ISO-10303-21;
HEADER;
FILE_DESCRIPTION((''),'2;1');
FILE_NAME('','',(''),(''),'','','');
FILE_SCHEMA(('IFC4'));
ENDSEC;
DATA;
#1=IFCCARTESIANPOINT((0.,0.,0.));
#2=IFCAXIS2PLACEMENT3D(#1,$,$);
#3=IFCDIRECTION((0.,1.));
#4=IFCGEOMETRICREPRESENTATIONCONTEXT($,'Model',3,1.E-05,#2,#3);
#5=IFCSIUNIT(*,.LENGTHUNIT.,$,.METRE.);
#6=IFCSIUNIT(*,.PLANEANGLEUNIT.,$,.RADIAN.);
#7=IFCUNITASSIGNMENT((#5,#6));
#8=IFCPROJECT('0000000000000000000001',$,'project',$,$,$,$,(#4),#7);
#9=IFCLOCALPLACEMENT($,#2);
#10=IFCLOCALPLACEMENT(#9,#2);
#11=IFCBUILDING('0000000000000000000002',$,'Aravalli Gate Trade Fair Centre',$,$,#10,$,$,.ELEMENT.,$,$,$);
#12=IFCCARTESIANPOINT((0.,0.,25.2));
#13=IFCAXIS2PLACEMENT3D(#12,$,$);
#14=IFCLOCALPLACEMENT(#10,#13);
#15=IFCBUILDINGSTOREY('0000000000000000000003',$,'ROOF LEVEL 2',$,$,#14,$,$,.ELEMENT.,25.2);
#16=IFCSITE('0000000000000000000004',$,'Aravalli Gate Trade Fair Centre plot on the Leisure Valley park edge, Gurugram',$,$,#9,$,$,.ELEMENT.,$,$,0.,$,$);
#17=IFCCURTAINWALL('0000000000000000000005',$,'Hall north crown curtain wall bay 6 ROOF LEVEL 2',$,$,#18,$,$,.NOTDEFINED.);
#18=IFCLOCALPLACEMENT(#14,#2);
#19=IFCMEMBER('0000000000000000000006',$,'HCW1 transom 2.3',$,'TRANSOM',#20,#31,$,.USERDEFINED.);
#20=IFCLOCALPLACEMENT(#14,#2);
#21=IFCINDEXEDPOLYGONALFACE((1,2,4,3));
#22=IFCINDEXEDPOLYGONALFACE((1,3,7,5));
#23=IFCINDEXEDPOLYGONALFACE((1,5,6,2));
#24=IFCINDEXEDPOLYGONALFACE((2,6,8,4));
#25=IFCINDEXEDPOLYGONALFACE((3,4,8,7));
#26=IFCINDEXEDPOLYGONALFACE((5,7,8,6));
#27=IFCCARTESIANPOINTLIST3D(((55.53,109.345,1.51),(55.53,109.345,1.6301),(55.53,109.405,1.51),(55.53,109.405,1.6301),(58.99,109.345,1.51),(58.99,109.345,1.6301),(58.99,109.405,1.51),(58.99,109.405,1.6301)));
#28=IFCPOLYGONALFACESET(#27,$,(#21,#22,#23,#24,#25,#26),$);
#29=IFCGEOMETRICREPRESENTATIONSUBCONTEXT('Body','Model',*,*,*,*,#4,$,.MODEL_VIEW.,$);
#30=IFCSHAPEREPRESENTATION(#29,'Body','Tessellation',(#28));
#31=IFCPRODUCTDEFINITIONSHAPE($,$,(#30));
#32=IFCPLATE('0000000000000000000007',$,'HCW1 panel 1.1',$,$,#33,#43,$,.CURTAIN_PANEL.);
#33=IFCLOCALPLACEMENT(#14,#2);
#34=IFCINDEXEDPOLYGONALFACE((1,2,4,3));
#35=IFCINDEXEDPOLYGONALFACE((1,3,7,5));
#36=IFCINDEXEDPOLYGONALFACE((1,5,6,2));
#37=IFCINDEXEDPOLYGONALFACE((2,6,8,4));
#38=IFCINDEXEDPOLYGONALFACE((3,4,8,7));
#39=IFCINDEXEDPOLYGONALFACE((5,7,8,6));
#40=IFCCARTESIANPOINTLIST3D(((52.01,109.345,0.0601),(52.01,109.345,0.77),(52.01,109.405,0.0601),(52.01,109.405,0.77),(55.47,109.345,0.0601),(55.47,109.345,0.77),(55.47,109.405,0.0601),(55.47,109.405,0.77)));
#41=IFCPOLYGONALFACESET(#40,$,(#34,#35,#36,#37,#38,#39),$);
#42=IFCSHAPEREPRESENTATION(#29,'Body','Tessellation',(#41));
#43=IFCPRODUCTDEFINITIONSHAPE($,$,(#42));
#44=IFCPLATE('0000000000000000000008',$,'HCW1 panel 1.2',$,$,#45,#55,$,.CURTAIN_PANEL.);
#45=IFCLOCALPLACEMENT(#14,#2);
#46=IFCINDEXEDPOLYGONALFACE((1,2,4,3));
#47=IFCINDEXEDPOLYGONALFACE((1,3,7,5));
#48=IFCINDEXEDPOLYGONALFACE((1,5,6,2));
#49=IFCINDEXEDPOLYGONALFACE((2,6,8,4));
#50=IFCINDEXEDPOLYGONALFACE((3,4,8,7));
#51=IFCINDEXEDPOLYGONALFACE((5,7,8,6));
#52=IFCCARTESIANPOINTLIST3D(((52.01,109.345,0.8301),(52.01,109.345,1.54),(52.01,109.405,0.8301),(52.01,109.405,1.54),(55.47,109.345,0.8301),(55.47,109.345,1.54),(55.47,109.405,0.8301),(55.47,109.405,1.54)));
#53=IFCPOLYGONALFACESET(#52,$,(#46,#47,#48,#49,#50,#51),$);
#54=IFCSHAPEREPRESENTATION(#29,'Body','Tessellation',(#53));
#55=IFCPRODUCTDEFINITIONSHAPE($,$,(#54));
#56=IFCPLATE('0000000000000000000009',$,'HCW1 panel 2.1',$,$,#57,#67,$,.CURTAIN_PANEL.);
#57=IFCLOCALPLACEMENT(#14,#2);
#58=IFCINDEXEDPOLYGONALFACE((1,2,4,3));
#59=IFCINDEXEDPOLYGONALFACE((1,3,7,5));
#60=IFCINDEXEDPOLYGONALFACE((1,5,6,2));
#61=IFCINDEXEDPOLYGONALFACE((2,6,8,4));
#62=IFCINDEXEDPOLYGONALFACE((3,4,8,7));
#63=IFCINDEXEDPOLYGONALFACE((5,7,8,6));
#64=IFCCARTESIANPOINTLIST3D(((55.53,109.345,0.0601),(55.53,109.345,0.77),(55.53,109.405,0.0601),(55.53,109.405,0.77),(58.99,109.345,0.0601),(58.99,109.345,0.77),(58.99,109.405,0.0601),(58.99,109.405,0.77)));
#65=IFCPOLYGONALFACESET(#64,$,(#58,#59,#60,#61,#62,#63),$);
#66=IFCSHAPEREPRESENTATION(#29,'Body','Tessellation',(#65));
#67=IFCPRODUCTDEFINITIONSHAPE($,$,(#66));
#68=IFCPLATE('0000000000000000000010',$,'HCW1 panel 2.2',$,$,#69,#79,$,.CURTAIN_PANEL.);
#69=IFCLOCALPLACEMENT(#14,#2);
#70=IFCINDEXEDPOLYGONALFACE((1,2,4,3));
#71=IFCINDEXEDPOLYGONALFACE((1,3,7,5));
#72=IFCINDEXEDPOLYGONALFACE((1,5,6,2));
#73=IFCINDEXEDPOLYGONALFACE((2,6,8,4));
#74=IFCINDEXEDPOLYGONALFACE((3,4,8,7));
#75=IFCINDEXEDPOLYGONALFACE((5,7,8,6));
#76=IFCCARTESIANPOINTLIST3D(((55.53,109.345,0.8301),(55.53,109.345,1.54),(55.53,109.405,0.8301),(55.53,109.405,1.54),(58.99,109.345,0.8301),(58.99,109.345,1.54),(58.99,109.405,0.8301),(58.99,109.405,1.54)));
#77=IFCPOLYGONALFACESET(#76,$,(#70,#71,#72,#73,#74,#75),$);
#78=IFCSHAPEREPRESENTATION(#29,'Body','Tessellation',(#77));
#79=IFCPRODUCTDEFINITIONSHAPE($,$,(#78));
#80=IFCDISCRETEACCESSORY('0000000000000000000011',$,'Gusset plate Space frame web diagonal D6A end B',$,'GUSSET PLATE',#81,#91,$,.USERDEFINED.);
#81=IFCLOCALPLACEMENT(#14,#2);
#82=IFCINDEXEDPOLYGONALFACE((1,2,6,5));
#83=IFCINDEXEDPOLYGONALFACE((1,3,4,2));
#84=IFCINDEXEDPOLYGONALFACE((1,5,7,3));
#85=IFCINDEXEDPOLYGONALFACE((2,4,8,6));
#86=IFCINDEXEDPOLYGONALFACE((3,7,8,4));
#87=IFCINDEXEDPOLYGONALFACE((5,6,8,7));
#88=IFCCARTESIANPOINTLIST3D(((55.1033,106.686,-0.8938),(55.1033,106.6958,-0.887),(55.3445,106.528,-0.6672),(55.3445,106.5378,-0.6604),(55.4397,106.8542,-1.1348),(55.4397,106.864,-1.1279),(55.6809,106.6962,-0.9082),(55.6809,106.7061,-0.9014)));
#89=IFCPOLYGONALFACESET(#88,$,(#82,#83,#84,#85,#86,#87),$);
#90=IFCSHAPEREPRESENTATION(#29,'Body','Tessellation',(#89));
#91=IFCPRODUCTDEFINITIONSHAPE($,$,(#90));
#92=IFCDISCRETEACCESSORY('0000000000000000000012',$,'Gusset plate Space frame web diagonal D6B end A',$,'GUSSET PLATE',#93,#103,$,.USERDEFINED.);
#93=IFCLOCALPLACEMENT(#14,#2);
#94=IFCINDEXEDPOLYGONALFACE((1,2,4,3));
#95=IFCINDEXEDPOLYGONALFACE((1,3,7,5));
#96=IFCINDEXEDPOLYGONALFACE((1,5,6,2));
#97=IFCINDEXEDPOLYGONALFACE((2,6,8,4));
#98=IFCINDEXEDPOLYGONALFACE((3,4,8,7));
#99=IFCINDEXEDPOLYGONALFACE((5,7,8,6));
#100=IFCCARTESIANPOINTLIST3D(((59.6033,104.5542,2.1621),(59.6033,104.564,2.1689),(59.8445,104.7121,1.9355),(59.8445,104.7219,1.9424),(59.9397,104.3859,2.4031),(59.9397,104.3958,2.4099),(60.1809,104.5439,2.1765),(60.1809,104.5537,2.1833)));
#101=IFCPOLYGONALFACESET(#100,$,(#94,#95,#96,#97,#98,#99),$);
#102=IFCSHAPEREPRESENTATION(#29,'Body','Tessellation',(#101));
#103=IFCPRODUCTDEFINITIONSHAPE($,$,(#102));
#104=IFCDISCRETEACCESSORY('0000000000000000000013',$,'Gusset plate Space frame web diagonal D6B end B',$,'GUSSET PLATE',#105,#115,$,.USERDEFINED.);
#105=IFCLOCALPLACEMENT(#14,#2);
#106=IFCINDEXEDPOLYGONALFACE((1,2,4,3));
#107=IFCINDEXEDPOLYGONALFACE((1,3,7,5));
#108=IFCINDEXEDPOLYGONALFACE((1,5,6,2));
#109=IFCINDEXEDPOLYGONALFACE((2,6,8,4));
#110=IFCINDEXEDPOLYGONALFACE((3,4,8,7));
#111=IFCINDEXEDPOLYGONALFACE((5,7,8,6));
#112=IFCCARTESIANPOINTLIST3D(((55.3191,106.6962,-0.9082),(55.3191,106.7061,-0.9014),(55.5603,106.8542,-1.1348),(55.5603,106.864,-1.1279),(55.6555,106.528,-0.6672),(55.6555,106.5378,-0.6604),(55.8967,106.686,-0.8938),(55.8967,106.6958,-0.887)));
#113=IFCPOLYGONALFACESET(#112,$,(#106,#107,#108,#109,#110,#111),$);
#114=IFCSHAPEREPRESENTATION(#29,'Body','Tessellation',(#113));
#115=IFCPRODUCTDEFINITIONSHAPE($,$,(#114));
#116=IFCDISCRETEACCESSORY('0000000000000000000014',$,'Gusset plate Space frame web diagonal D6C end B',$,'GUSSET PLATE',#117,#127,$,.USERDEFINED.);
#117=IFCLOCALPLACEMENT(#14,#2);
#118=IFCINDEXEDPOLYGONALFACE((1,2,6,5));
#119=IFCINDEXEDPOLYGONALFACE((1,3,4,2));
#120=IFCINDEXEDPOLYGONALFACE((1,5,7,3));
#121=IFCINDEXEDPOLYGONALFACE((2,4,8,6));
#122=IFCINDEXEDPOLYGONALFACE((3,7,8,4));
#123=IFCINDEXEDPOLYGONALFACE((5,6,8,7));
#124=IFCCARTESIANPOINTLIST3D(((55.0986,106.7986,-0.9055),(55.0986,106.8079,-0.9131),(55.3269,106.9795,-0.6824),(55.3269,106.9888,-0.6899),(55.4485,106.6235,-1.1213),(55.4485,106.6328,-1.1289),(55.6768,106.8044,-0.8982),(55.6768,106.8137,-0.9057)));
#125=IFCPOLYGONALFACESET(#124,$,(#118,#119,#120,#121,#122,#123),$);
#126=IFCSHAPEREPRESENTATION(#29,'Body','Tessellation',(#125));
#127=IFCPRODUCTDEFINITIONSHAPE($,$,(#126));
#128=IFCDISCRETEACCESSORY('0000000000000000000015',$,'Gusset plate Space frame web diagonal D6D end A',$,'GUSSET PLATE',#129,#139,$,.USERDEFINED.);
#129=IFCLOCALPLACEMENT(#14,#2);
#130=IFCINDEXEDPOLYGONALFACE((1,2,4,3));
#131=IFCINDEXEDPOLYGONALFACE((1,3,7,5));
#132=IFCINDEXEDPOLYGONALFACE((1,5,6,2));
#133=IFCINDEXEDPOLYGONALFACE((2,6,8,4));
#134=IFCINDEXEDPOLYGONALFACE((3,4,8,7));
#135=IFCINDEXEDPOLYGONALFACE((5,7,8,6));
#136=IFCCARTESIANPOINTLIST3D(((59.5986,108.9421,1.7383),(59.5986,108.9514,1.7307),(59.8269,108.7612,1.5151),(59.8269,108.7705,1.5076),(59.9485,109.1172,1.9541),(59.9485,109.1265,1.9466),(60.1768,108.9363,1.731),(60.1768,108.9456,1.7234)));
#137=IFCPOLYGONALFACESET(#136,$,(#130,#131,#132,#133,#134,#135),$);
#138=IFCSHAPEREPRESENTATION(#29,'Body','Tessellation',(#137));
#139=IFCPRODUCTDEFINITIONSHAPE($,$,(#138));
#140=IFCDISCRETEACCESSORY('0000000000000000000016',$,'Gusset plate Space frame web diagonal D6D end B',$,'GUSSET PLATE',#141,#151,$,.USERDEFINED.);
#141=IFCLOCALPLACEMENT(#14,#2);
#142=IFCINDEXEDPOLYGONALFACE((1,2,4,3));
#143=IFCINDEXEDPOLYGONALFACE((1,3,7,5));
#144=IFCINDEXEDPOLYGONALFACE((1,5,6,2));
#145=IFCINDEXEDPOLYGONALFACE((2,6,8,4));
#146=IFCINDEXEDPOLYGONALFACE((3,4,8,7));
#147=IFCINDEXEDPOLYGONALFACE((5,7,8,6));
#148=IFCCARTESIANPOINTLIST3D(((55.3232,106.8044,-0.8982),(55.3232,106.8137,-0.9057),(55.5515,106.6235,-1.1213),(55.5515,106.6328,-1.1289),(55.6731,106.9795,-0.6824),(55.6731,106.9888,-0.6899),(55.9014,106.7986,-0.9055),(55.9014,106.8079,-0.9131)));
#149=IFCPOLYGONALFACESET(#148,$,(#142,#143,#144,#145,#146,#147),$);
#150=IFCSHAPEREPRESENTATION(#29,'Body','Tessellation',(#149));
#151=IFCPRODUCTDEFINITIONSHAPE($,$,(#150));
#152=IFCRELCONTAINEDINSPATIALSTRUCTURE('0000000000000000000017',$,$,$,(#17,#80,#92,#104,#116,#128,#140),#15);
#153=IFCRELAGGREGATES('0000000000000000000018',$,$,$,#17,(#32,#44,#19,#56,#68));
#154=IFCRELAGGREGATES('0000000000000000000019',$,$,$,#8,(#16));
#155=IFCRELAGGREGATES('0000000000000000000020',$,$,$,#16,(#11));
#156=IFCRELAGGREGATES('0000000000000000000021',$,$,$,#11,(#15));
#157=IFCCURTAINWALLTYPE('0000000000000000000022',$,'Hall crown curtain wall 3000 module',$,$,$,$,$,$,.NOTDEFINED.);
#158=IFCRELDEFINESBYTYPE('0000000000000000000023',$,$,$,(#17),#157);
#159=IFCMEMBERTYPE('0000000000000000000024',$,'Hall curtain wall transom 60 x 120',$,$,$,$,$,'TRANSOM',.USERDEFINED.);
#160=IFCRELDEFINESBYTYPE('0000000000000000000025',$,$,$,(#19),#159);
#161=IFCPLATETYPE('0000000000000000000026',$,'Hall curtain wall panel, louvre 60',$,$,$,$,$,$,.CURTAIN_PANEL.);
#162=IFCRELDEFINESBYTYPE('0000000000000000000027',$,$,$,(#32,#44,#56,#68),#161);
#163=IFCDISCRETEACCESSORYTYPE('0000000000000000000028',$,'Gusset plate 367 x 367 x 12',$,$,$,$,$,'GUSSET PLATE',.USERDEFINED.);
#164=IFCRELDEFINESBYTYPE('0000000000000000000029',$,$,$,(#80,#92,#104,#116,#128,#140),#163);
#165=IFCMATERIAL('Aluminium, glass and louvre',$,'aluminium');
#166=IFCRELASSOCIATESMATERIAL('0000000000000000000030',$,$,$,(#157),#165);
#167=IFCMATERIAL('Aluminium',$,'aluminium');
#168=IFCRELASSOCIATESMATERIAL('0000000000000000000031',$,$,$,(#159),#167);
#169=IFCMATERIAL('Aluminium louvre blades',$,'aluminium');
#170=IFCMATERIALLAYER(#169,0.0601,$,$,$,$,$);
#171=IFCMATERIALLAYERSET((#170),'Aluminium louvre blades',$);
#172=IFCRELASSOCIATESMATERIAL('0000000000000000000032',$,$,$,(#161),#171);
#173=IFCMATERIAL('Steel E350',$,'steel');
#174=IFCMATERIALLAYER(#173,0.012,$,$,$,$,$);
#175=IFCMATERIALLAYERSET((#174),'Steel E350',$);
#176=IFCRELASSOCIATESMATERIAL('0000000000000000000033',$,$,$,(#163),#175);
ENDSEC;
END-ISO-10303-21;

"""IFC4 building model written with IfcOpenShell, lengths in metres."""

from ifc_helpers import new_model, si_unit, direction, frame, origin, origin_2d, place, context, subcontext, project, spatial, polyline, rectangle, outline, extrude, material, layer, layer_set, material_profile, profile_set, type_object, element, aggregate, save


model = new_model("IFC4")

# Units and contexts
model_context = context("Model", 3, precision=1e-05, world=origin(), true_north=direction((0.0, 1.0)))
body_context = subcontext(model_context, "Body", "Model", "MODEL_VIEW")
ifc_project = project(units=[si_unit("LENGTHUNIT", "METRE"), si_unit("PLANEANGLEUNIT", "RADIAN")], contexts=[model_context])

# Site, building, storey
site_placement = place(None, origin())
site = spatial("IfcSite", under=ifc_project, at=site_placement, Name="Aravalli Gate Trade Fair Centre plot on the Leisure Valley park edge, Gurugram", CompositionType="ELEMENT", RefElevation=0.0)
building_placement = place(site_placement, origin())
building = spatial("IfcBuilding", under=site, at=building_placement, Name="Aravalli Gate Trade Fair Centre", CompositionType="ELEMENT")
storey_placement = place(building_placement, frame((0.0, 0.0, 25.2)))
storey = spatial("IfcBuildingStorey", under=building, at=storey_placement, Name="ROOF LEVEL 2", CompositionType="ELEMENT", Elevation=25.2)

# Shared definitions
ifc_material_1 = material(Name="Steel E350", Category="steel")

# Curtain wall, member, plates
ifc_material_2 = material(Name="Aluminium, glass and louvre", Category="aluminium")
curtain_wall_type = type_object("IfcCurtainWallType", Name="Hall crown curtain wall 3000 module", PredefinedType="NOTDEFINED", material=ifc_material_2)
curtain_wall_placement = place(storey_placement, origin())
curtain_wall = element("IfcCurtainWall", 1, at=curtain_wall_placement, inside=storey, type_object=curtain_wall_type, Name="Hall north crown curtain wall bay 6 ROOF LEVEL 2", PredefinedType="NOTDEFINED")
ifc_material_3 = material(Name="Aluminium", Category="aluminium")
ifc_material_profile_1 = material_profile(ifc_material_3, rectangle(XDim=0.0601, YDim=0.1201, at=origin_2d()), Name="Hall curtain wall transom 60 x 120")
ifc_profile_set_1 = profile_set([ifc_material_profile_1], Name="Aluminium")
member_type_1 = type_object("IfcMemberType", Name="Hall curtain wall transom 60 x 120", ElementType="TRANSOM", PredefinedType="USERDEFINED", material=ifc_profile_set_1)
member_1_placement = place(storey_placement, frame((55.53, 109.375, 1.5701), z_axis=(1.0, 0.0, 0.0), x_axis=(0.0, 1.0, 0.0)))
member_1 = element("IfcMember", 2, at=member_1_placement, type_object=member_type_1, Name="HCW1 transom 2.3", ObjectType="TRANSOM", PredefinedType="USERDEFINED", context=body_context, shape_type="SweptSolid", body=[
    extrude(rectangle(XDim=0.0601, YDim=0.1201, at=origin_2d()), origin(), (0.0, 0.0, 1.0), 3.46),
])
ifc_material_4 = material(Name="Aluminium louvre blades", Category="aluminium")
ifc_layer_1 = layer(ifc_material_4, 0.0601)
ifc_layer_set_1 = layer_set([ifc_layer_1], Name="Aluminium louvre blades")
plate_type = type_object("IfcPlateType", Name="Hall curtain wall panel, louvre 60", PredefinedType="CURTAIN_PANEL", material=ifc_layer_set_1)
plate_1_placement = place(storey_placement, frame((53.74, 109.375, 0.0601), z_axis=(0.0, 0.0, 1.0), x_axis=(1.0, 0.0, 0.0)))
plate_1 = element("IfcPlate", 3, at=plate_1_placement, type_object=plate_type, Name="HCW1 panel 1.1", PredefinedType="CURTAIN_PANEL", context=body_context, shape_type="SweptSolid", body=[
    extrude(rectangle(XDim=3.46, YDim=0.0601, at=origin_2d()), origin(), (0.0, 0.0, 1.0), 0.71),
])
plate_2_placement = place(storey_placement, frame((53.74, 109.375, 0.8301), z_axis=(0.0, 0.0, 1.0), x_axis=(1.0, 0.0, 0.0)))
plate_2 = element("IfcPlate", 4, at=plate_2_placement, type_object=plate_type, Name="HCW1 panel 1.2", PredefinedType="CURTAIN_PANEL", context=body_context, shape_type="SweptSolid", body=[
    extrude(rectangle(XDim=3.46, YDim=0.0601, at=origin_2d()), origin(), (0.0, 0.0, 1.0), 0.71),
])
plate_3_placement = place(storey_placement, frame((57.26, 109.375, 0.0601), z_axis=(0.0, 0.0, 1.0), x_axis=(1.0, 0.0, 0.0)))
plate_3 = element("IfcPlate", 5, at=plate_3_placement, type_object=plate_type, Name="HCW1 panel 2.1", PredefinedType="CURTAIN_PANEL", context=body_context, shape_type="SweptSolid", body=[
    extrude(rectangle(XDim=3.46, YDim=0.0601, at=origin_2d()), origin(), (0.0, 0.0, 1.0), 0.71),
])
plate_4_placement = place(storey_placement, frame((57.26, 109.375, 0.8301), z_axis=(0.0, 0.0, 1.0), x_axis=(1.0, 0.0, 0.0)))
plate_4 = element("IfcPlate", 6, at=plate_4_placement, type_object=plate_type, Name="HCW1 panel 2.2", PredefinedType="CURTAIN_PANEL", context=body_context, shape_type="SweptSolid", body=[
    extrude(rectangle(XDim=3.46, YDim=0.0601, at=origin_2d()), origin(), (0.0, 0.0, 1.0), 0.71),
])
aggregate(curtain_wall, [plate_1, plate_2, member_1, plate_3, plate_4])

# Discrete accessories
ifc_layer_2 = layer(ifc_material_1, 0.012)
ifc_layer_set_2 = layer_set([ifc_layer_2], Name="Steel E350")
discrete_accessory_type = type_object("IfcDiscreteAccessoryType", Name="Gusset plate 367 x 367 x 12", ElementType="GUSSET PLATE", PredefinedType="USERDEFINED", material=ifc_layer_set_2)
discrete_accessory_1_placement = place(storey_placement, frame((55.1033, 106.6958, -0.887), z_axis=(-0.000292, 0.820164, 0.572128), x_axis=(0.753132, 0.376566, -0.539435)))
element("IfcDiscreteAccessory", 7, at=discrete_accessory_1_placement, inside=storey, type_object=discrete_accessory_type, Name="Gusset plate Space frame web diagonal D6A end B", ObjectType="GUSSET PLATE", PredefinedType="USERDEFINED", context=body_context, shape_type="SweptSolid", body=[
    extrude(outline(polyline([(0.0, 0.0), (0.4467, 0.0), (0.4467, -0.3667), (0.0, -0.3667), (0.0, 0.0)])), origin(), (0.0, 0.0, -1.0), 0.012),
])
discrete_accessory_2_placement = place(storey_placement, frame((59.6033, 104.564, 2.1689), z_axis=(0.000292, 0.820164, 0.572128), x_axis=(0.753132, -0.376566, 0.539435)))
element("IfcDiscreteAccessory", 8, at=discrete_accessory_2_placement, inside=storey, type_object=discrete_accessory_type, Name="Gusset plate Space frame web diagonal D6B end A", ObjectType="GUSSET PLATE", PredefinedType="USERDEFINED", context=body_context, shape_type="SweptSolid", body=[
    extrude(outline(polyline([(0.0, 0.0), (0.4467, 0.0), (0.4467, 0.3667), (0.0, 0.3667), (0.0, 0.0)])), origin(), (0.0, 0.0, -1.0), 0.012),
])
discrete_accessory_3_placement = place(storey_placement, frame((55.6555, 106.5378, -0.6604), z_axis=(0.000292, 0.820164, 0.572128), x_axis=(-0.753132, 0.376566, -0.539435)))
element("IfcDiscreteAccessory", 9, at=discrete_accessory_3_placement, inside=storey, type_object=discrete_accessory_type, Name="Gusset plate Space frame web diagonal D6B end B", ObjectType="GUSSET PLATE", PredefinedType="USERDEFINED", context=body_context, shape_type="SweptSolid", body=[
    extrude(outline(polyline([(0.0, 0.0), (0.4467, 0.0), (0.4467, -0.3667), (0.0, -0.3667), (0.0, 0.0)])), origin(), (0.0, 0.0, -1.0), 0.012),
])
discrete_accessory_4_placement = place(storey_placement, frame((55.0986, 106.7986, -0.9055), z_axis=(-0.000107, -0.776736, 0.629826), x_axis=(0.783044, -0.391795, -0.48305)))
element("IfcDiscreteAccessory", 10, at=discrete_accessory_4_placement, inside=storey, type_object=discrete_accessory_type, Name="Gusset plate Space frame web diagonal D6C end B", ObjectType="GUSSET PLATE", PredefinedType="USERDEFINED", context=body_context, shape_type="SweptSolid", body=[
    extrude(outline(polyline([(0.0, 0.0), (0.4468, 0.0), (0.4469, 0.3669), (0.0001, 0.3669), (0.0, 0.0)])), origin(), (0.0, 0.0, -1.0), 0.012),
])
discrete_accessory_5_placement = place(storey_placement, frame((59.5986, 108.9421, 1.7383), z_axis=(0.000107, -0.776736, 0.629826), x_axis=(0.783044, 0.391795, 0.48305)))
element("IfcDiscreteAccessory", 11, at=discrete_accessory_5_placement, inside=storey, type_object=discrete_accessory_type, Name="Gusset plate Space frame web diagonal D6D end A", ObjectType="GUSSET PLATE", PredefinedType="USERDEFINED", context=body_context, shape_type="SweptSolid", body=[
    extrude(outline(polyline([(0.0, 0.0), (0.4468, 0.0), (0.4469, -0.3669), (0.0001, -0.3669), (0.0, 0.0)])), origin(), (0.0, 0.0, -1.0), 0.012),
])
discrete_accessory_6_placement = place(storey_placement, frame((55.6731, 106.9795, -0.6824), z_axis=(0.000107, -0.776736, 0.629826), x_axis=(-0.783044, -0.391795, -0.48305)))
element("IfcDiscreteAccessory", 12, at=discrete_accessory_6_placement, inside=storey, type_object=discrete_accessory_type, Name="Gusset plate Space frame web diagonal D6D end B", ObjectType="GUSSET PLATE", PredefinedType="USERDEFINED", context=body_context, shape_type="SweptSolid", body=[
    extrude(outline(polyline([(0.0, 0.0), (0.4468, 0.0), (0.4467, 0.3669), (-0.0001, 0.3669), (0.0, 0.0)])), origin(), (0.0, 0.0, -1.0), 0.012),
])

save(model, "model.ifc")
